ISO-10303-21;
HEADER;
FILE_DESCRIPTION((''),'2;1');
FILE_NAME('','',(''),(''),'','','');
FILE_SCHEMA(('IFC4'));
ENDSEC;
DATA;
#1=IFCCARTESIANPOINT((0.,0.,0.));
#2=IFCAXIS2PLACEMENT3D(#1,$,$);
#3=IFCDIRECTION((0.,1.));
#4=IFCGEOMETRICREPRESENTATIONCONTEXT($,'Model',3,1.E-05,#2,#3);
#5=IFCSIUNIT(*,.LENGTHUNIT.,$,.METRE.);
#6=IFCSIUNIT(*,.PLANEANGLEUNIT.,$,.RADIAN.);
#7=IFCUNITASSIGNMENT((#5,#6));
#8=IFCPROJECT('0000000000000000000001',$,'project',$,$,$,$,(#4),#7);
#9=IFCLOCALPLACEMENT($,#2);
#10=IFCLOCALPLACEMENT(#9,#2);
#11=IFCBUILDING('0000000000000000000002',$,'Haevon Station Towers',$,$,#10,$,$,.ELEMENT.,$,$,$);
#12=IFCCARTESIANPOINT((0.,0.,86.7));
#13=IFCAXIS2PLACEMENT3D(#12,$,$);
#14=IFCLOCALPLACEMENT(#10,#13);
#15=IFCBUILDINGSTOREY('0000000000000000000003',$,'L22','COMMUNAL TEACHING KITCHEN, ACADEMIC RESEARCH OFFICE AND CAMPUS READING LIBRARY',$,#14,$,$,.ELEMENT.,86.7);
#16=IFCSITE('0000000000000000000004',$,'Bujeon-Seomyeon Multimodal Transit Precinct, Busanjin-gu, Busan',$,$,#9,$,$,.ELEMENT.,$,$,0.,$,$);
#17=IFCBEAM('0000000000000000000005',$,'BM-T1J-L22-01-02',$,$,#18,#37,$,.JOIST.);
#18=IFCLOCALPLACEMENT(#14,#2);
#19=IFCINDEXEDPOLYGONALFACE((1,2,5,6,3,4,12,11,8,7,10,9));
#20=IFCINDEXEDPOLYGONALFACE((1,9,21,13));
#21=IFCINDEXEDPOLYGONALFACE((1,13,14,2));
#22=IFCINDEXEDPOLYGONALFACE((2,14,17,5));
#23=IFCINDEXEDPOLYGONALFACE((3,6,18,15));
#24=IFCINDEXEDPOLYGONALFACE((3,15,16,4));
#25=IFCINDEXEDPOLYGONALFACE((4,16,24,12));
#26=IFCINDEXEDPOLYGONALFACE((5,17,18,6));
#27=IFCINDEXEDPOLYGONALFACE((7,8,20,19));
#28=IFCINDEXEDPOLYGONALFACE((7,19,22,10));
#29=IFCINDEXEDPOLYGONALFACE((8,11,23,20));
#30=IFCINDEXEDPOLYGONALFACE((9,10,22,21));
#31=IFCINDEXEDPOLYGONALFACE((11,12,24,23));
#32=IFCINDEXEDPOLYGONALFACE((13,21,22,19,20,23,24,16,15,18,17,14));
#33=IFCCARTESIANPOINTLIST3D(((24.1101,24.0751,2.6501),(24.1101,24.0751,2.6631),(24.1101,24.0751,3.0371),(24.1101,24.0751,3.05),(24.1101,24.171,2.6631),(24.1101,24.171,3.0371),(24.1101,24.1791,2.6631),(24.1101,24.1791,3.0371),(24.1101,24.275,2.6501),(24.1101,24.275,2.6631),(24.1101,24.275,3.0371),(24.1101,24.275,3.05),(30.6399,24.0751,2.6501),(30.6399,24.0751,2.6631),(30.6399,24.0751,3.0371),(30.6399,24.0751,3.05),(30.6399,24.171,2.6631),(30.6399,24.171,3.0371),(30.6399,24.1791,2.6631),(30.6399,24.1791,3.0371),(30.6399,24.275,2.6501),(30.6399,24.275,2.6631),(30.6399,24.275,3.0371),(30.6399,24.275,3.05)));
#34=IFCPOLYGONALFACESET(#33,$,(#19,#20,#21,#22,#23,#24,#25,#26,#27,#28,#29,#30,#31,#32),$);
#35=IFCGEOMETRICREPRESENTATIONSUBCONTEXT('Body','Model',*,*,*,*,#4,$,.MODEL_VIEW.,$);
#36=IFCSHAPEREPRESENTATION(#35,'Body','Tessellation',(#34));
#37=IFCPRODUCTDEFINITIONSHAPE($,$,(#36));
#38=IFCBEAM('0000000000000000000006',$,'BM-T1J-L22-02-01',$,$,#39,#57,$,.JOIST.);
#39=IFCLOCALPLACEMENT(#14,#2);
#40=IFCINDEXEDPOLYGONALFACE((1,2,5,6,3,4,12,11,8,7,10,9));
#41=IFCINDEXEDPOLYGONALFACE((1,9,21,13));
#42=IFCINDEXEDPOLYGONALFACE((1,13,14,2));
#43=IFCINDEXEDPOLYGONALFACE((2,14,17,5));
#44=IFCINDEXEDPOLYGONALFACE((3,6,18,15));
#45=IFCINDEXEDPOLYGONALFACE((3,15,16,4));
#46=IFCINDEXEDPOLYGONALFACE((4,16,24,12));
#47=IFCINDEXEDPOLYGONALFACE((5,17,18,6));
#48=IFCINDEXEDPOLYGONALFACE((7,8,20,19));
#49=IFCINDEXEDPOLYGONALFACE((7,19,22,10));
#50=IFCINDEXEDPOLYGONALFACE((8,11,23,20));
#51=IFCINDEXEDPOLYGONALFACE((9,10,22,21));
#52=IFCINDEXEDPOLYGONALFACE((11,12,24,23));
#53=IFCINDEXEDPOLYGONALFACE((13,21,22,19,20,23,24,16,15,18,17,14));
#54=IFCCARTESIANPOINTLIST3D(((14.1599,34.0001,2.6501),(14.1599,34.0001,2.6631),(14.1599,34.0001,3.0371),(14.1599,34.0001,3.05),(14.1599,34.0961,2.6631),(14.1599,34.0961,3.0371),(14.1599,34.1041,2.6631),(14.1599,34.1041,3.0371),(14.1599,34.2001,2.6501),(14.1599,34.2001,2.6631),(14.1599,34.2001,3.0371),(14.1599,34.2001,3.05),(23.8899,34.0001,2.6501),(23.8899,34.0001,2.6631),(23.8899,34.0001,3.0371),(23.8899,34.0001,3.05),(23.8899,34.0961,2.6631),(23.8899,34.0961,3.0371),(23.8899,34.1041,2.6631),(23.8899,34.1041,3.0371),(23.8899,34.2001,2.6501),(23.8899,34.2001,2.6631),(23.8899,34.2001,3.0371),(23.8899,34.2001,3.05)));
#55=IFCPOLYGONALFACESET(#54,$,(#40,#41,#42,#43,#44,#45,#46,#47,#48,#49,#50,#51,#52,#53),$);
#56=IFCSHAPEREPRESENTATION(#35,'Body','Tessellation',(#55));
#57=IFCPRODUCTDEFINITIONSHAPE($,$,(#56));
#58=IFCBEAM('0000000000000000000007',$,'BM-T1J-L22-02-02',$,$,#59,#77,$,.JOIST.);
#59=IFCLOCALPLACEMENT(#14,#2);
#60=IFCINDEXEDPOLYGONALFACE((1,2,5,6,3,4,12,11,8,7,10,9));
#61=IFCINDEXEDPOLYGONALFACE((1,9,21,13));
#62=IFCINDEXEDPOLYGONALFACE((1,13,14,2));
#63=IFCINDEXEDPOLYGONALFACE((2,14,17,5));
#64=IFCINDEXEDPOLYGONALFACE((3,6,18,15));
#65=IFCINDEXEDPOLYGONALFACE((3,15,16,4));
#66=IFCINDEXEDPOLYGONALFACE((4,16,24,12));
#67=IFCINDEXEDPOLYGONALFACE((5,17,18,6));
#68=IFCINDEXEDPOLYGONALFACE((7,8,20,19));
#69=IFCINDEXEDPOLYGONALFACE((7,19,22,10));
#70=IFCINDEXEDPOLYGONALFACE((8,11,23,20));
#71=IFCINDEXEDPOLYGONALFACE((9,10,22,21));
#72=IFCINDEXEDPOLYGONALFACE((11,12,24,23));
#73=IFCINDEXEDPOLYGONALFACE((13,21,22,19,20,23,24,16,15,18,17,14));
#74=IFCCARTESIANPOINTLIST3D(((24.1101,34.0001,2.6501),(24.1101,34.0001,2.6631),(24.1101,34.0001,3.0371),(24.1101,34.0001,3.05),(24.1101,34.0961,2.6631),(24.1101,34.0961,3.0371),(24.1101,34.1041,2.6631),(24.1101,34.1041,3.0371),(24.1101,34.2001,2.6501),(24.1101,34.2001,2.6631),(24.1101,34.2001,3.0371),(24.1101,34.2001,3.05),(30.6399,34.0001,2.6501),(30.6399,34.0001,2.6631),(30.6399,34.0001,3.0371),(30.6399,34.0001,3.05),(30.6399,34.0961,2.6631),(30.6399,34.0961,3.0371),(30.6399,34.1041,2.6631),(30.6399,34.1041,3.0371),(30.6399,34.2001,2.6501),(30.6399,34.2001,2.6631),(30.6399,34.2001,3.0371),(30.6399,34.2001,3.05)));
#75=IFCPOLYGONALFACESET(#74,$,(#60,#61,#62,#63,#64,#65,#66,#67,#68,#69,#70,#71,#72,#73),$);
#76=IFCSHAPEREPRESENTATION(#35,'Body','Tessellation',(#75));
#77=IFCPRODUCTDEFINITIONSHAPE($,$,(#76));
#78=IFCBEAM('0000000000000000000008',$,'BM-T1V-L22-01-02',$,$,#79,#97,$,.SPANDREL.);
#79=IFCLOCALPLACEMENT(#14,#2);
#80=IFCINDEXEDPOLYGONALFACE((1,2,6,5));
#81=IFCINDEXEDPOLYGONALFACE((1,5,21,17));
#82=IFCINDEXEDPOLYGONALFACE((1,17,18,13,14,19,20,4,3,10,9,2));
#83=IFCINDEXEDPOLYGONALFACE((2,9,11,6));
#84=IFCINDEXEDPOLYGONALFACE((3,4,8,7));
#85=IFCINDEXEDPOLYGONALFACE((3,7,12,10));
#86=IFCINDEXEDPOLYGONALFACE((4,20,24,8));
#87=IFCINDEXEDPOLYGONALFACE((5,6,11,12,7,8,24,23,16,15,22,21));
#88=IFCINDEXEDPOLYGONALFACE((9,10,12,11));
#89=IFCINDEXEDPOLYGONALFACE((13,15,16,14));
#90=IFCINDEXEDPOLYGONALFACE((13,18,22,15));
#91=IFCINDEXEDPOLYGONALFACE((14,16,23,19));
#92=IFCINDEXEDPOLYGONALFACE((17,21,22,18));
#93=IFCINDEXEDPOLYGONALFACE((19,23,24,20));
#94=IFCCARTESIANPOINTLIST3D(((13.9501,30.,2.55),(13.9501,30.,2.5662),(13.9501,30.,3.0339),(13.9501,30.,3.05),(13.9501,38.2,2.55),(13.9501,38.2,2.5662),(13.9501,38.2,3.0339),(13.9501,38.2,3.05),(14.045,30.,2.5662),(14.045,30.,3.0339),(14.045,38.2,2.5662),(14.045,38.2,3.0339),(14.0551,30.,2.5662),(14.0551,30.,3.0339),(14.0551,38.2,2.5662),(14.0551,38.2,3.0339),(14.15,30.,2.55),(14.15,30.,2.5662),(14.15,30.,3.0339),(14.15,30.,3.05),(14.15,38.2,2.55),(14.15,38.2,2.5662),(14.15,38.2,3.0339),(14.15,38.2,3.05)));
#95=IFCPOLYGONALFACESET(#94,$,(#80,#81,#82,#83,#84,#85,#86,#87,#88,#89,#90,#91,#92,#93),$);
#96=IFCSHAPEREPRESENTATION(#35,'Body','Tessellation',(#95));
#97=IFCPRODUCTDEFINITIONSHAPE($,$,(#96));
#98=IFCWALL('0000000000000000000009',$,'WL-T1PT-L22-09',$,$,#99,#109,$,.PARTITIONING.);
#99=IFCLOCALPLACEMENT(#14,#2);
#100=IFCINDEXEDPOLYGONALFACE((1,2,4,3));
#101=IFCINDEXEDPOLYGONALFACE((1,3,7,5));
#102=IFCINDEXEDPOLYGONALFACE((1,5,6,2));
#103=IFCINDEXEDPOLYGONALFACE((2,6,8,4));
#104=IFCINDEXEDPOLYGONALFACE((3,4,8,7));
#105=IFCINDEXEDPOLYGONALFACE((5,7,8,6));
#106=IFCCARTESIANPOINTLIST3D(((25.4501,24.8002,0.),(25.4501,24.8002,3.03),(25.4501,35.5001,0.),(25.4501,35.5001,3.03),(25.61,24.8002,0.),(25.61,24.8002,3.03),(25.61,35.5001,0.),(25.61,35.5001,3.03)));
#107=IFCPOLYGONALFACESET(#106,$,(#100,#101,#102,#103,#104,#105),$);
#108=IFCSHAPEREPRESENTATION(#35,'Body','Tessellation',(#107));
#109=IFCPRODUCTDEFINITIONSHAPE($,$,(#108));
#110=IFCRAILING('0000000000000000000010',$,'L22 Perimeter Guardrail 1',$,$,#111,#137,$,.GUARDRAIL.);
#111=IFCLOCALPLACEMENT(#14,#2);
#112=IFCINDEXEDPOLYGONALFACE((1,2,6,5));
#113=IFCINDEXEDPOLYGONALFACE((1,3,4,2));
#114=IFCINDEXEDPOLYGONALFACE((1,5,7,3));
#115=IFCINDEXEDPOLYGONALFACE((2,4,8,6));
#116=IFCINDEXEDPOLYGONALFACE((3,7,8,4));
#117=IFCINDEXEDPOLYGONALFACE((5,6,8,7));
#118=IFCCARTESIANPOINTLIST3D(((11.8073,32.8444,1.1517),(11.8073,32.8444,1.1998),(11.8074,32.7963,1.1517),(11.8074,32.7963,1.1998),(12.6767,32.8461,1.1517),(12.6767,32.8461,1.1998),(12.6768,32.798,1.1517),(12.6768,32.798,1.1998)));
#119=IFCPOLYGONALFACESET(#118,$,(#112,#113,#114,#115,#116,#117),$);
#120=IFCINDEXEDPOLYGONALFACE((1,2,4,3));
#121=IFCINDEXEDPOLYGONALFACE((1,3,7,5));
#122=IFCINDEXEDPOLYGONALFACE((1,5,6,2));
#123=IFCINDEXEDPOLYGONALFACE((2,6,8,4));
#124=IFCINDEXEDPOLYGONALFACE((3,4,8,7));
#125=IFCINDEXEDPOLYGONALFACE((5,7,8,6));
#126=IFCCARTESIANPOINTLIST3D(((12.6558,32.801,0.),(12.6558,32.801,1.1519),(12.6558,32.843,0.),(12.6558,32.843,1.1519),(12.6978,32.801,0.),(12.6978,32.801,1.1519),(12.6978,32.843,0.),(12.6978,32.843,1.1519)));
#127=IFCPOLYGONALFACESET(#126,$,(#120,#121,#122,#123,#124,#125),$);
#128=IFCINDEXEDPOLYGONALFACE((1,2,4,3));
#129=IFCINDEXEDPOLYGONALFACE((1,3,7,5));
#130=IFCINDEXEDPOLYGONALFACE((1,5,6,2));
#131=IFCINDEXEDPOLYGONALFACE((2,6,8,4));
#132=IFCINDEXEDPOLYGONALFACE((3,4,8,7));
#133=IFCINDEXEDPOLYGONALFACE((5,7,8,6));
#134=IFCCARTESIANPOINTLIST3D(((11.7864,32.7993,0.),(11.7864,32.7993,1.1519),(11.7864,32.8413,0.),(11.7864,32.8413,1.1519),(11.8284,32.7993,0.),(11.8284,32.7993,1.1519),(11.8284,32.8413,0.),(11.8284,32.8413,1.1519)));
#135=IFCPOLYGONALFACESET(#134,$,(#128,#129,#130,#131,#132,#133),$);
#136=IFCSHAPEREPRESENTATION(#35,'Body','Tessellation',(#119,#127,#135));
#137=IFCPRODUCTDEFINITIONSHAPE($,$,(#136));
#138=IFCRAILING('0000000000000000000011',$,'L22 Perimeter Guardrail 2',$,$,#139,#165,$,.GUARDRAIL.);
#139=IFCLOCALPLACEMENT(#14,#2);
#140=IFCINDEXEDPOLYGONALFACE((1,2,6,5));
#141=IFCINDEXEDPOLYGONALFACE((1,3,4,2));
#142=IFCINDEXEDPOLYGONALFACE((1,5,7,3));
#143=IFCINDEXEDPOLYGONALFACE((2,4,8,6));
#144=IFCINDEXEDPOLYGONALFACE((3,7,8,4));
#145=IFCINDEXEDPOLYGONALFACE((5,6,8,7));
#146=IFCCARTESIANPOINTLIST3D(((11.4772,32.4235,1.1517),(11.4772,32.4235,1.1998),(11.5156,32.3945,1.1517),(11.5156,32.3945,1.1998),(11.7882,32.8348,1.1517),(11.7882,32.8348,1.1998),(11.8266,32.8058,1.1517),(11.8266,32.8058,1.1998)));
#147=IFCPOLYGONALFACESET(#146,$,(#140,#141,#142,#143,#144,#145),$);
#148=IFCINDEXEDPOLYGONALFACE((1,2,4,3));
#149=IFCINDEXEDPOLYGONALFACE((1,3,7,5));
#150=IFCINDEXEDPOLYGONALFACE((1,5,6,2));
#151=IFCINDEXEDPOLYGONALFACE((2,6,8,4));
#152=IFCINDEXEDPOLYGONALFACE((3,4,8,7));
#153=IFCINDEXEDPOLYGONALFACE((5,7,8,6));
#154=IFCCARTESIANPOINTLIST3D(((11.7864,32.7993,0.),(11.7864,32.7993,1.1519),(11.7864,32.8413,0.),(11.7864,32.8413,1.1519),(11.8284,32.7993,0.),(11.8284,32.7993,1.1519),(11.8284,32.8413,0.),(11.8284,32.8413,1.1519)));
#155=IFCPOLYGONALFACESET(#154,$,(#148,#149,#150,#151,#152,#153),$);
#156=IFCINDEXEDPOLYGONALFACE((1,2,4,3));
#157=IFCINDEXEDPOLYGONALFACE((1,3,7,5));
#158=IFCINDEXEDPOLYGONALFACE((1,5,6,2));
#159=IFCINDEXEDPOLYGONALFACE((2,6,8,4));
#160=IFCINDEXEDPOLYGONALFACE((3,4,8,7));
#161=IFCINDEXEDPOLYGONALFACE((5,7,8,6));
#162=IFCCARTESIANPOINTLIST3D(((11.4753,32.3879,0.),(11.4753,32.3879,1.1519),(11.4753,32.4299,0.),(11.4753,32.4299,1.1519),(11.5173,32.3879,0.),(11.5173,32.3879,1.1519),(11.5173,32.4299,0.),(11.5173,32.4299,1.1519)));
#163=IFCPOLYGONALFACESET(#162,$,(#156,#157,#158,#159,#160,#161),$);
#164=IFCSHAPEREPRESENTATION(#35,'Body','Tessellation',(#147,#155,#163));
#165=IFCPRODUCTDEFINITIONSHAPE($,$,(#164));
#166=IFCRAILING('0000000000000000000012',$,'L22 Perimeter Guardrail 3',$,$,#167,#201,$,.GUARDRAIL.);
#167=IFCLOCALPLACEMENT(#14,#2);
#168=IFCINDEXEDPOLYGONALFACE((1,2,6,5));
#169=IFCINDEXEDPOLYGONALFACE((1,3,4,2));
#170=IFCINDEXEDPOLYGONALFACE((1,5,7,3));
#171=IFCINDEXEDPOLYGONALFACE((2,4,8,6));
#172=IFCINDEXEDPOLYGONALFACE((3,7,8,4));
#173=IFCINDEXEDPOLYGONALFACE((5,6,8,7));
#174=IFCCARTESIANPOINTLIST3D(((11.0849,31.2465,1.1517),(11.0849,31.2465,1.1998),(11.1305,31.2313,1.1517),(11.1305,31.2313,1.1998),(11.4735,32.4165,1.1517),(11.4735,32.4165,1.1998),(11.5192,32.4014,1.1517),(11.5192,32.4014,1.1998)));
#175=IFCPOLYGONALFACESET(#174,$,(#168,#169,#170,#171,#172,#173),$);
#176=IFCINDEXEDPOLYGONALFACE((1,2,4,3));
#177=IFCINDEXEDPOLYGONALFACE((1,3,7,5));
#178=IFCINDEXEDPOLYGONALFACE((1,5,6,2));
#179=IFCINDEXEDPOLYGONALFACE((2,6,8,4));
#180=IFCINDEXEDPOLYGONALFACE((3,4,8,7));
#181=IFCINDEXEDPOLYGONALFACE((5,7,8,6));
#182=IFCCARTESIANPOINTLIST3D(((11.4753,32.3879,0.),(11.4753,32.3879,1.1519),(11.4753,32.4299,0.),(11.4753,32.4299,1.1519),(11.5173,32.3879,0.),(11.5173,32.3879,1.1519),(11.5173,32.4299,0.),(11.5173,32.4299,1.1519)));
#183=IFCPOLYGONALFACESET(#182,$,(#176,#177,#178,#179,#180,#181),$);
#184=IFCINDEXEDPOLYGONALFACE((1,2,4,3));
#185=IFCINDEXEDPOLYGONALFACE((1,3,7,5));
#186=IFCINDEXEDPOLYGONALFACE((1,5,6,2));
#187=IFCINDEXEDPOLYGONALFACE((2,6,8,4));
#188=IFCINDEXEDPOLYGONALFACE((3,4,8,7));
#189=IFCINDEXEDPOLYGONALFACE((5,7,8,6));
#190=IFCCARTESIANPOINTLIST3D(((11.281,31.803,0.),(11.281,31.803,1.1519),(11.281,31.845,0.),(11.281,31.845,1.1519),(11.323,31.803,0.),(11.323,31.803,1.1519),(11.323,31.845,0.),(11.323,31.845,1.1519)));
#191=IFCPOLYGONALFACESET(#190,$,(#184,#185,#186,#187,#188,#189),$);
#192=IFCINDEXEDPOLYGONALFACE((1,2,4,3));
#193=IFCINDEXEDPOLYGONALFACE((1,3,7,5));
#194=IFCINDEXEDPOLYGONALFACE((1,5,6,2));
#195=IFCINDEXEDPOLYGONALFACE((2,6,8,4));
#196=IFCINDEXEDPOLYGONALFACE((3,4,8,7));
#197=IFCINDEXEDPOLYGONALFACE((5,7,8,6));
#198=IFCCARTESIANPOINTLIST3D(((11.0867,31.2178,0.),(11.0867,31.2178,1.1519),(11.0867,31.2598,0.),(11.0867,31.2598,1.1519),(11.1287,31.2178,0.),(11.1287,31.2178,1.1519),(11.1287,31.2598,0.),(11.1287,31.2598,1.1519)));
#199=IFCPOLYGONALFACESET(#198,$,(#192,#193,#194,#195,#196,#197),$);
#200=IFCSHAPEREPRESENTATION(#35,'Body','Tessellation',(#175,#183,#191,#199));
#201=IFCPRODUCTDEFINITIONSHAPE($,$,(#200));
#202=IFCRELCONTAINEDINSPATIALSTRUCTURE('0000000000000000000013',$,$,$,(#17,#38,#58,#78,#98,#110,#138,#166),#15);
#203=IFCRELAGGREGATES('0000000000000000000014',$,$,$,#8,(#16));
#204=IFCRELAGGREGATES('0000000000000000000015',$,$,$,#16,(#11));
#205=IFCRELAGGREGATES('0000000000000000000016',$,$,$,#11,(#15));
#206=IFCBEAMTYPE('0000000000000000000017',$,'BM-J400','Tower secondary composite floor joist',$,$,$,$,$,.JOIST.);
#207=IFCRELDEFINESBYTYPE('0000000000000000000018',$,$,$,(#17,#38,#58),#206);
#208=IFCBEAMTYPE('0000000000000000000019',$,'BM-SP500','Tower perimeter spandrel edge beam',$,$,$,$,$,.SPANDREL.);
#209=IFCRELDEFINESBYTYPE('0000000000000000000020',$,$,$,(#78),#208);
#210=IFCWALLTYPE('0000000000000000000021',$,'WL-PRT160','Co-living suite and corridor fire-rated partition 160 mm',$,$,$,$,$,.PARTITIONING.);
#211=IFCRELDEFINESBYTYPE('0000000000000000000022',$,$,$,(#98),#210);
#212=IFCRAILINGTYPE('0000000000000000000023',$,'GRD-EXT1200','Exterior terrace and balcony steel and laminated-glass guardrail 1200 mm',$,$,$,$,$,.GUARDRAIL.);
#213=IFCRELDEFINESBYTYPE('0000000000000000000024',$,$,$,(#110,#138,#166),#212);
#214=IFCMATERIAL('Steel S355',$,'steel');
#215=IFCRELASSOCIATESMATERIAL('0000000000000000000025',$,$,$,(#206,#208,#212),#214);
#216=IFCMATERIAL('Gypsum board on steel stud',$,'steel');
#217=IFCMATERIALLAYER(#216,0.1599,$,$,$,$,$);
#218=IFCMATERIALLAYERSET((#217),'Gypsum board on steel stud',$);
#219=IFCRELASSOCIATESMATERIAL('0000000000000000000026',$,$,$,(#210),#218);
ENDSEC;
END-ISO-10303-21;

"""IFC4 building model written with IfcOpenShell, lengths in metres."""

from ifc_helpers import new_model, si_unit, direction, frame, frame_2d, origin, origin_2d, place, context, subcontext, project, spatial, rectangle, i_section, extrude, material, layer, layer_set, material_profile, profile_set, type_object, element, save


model = new_model("IFC4")

# Units and contexts
model_context = context("Model", 3, precision=1e-05, world=origin(), true_north=direction((0.0, 1.0)))
body_context = subcontext(model_context, "Body", "Model", "MODEL_VIEW")
ifc_project = project(units=[si_unit("LENGTHUNIT", "METRE"), si_unit("PLANEANGLEUNIT", "RADIAN")], contexts=[model_context])

# Site, building, storey
site_placement = place(None, origin())
site = spatial("IfcSite", under=ifc_project, at=site_placement, Name="Bujeon-Seomyeon Multimodal Transit Precinct, Busanjin-gu, Busan", CompositionType="ELEMENT", RefElevation=0.0)
building_placement = place(site_placement, origin())
building = spatial("IfcBuilding", under=site, at=building_placement, Name="Haevon Station Towers", CompositionType="ELEMENT")
storey_placement = place(building_placement, frame((0.0, 0.0, 86.7)))
storey = spatial("IfcBuildingStorey", under=building, at=storey_placement, Name="L22", Description="COMMUNAL TEACHING KITCHEN, ACADEMIC RESEARCH OFFICE AND CAMPUS READING LIBRARY", CompositionType="ELEMENT", Elevation=86.7)

# Beams
ifc_material_1 = material(Name="Steel S355", Category="steel")
ifc_material_profile_1 = material_profile(ifc_material_1, i_section(OverallWidth=0.2, OverallDepth=0.3999, WebThickness=0.0081, FlangeThickness=0.0129, at=origin_2d()), Name="H-400x200x8x13")
ifc_profile_set_1 = profile_set([ifc_material_profile_1], Name="Steel S355")
beam_type_1 = type_object("IfcBeamType", Name="BM-J400", Description="Tower secondary composite floor joist", PredefinedType="JOIST", material=ifc_profile_set_1)
beam_1_placement = place(storey_placement, frame((24.1101, 24.175, 2.8501), z_axis=(1.0, 0.0, 0.0), x_axis=(0.0, 1.0, 0.0)))
element("IfcBeam", 1, at=beam_1_placement, inside=storey, type_object=beam_type_1, Name="BM-T1J-L22-01-02", PredefinedType="JOIST", context=body_context, shape_type="SweptSolid", body=[
    extrude(i_section(OverallWidth=0.2, OverallDepth=0.3999, WebThickness=0.0081, FlangeThickness=0.0129, at=origin_2d()), origin(), (0.0, 0.0, 1.0), 6.5298),
])
beam_2_placement = place(storey_placement, frame((14.1599, 34.1001, 2.8501), z_axis=(1.0, 0.0, 0.0), x_axis=(0.0, 1.0, 0.0)))
element("IfcBeam", 2, at=beam_2_placement, inside=storey, type_object=beam_type_1, Name="BM-T1J-L22-02-01", PredefinedType="JOIST", context=body_context, shape_type="SweptSolid", body=[
    extrude(i_section(OverallWidth=0.2, OverallDepth=0.3999, WebThickness=0.0081, FlangeThickness=0.0129, at=origin_2d()), origin(), (0.0, 0.0, 1.0), 9.73),
])
beam_3_placement = place(storey_placement, frame((24.1101, 34.1001, 2.8501), z_axis=(1.0, 0.0, 0.0), x_axis=(0.0, 1.0, 0.0)))
element("IfcBeam", 3, at=beam_3_placement, inside=storey, type_object=beam_type_1, Name="BM-T1J-L22-02-02", PredefinedType="JOIST", context=body_context, shape_type="SweptSolid", body=[
    extrude(i_section(OverallWidth=0.2, OverallDepth=0.3999, WebThickness=0.0081, FlangeThickness=0.0129, at=origin_2d()), origin(), (0.0, 0.0, 1.0), 6.5298),
])
ifc_material_profile_2 = material_profile(ifc_material_1, i_section(OverallWidth=0.2, OverallDepth=0.5, WebThickness=0.01, FlangeThickness=0.0161, at=origin_2d()), Name="H-500x200x10x16")
ifc_profile_set_2 = profile_set([ifc_material_profile_2], Name="Steel S355")
beam_type_2 = type_object("IfcBeamType", Name="BM-SP500", Description="Tower perimeter spandrel edge beam", PredefinedType="SPANDREL", material=ifc_profile_set_2)
beam_4_placement = place(storey_placement, frame((14.05, 30.0, 2.8), z_axis=(0.0, 1.0, 0.0), x_axis=(-1.0, 0.0, 0.0)))
element("IfcBeam", 4, at=beam_4_placement, inside=storey, type_object=beam_type_2, Name="BM-T1V-L22-01-02", PredefinedType="SPANDREL", context=body_context, shape_type="SweptSolid", body=[
    extrude(i_section(OverallWidth=0.2, OverallDepth=0.5, WebThickness=0.01, FlangeThickness=0.0161, at=origin_2d()), origin(), (0.0, 0.0, 1.0), 8.2),
])

# Wall
ifc_material_2 = material(Name="Gypsum board on steel stud", Category="steel")
ifc_layer_1 = layer(ifc_material_2, 0.1599)
ifc_layer_set_1 = layer_set([ifc_layer_1], Name="Gypsum board on steel stud")
wall_type = type_object("IfcWallType", Name="WL-PRT160", Description="Co-living suite and corridor fire-rated partition 160 mm", PredefinedType="PARTITIONING", material=ifc_layer_set_1)
wall_placement = place(storey_placement, frame((25.53, 24.8, 0.0), z_axis=(0.0, 0.0, 1.0), x_axis=(0.0, 1.0, 0.0)))
element("IfcWall", 5, at=wall_placement, inside=storey, type_object=wall_type, Name="WL-T1PT-L22-09", PredefinedType="PARTITIONING", context=body_context, shape_type="SweptSolid", body=[
    extrude(rectangle(XDim=10.7, YDim=0.1599, at=frame_2d((5.3501, 0.0))), origin(), (0.0, 0.0, 1.0), 3.03),
])

# Railings
railing_type = type_object("IfcRailingType", Name="GRD-EXT1200", Description="Exterior terrace and balcony steel and laminated-glass guardrail 1200 mm", PredefinedType="GUARDRAIL", material=ifc_material_1)
railing_1_placement = place(storey_placement, frame((12.6768, 32.822, 0.0)))
element("IfcRailing", 6, at=railing_1_placement, inside=storey, type_object=railing_type, Name="L22 Perimeter Guardrail 1", PredefinedType="GUARDRAIL", context=body_context, shape_type="SweptSolid", body=[
    extrude(rectangle(XDim=0.0481, YDim=0.0481, at=origin_2d()), frame((0.0, 0.0, 1.1758), z_axis=(-0.999998, -0.001966, 0.0), x_axis=(0.001966, -0.999998, 0.0)), (0.0, 0.0, 1.0), 0.8694),
    extrude(rectangle(XDim=0.042, YDim=0.042, at=origin_2d()), origin(), (0.0, 0.0, 1.0), 1.1519),
    extrude(rectangle(XDim=0.042, YDim=0.042, at=origin_2d()), frame((-0.8694, -0.0017, 0.0)), (0.0, 0.0, 1.0), 1.1519),
])
railing_2_placement = place(storey_placement, frame((11.8074, 32.8203, 0.0)))
element("IfcRailing", 7, at=railing_2_placement, inside=storey, type_object=railing_type, Name="L22 Perimeter Guardrail 2", PredefinedType="GUARDRAIL", context=body_context, shape_type="SweptSolid", body=[
    extrude(rectangle(XDim=0.0481, YDim=0.0481, at=origin_2d()), frame((0.0, 0.0, 1.1758), z_axis=(-0.603101, -0.797665, 0.0), x_axis=(0.797665, -0.603101, 0.0)), (0.0, 0.0, 1.0), 0.5156),
    extrude(rectangle(XDim=0.042, YDim=0.042, at=origin_2d()), origin(), (0.0, 0.0, 1.0), 1.1519),
    extrude(rectangle(XDim=0.042, YDim=0.042, at=origin_2d()), frame((-0.311, -0.4114, 0.0)), (0.0, 0.0, 1.0), 1.1519),
])
railing_3_placement = place(storey_placement, frame((11.4963, 32.4089, 0.0)))
element("IfcRailing", 8, at=railing_3_placement, inside=storey, type_object=railing_type, Name="L22 Perimeter Guardrail 3", PredefinedType="GUARDRAIL", context=body_context, shape_type="SweptSolid", body=[
    extrude(rectangle(XDim=0.0481, YDim=0.0481, at=origin_2d()), frame((0.0, 0.0, 1.1758), z_axis=(-0.315218, -0.949019, 0.0), x_axis=(0.949019, -0.315218, 0.0)), (0.0, 0.0, 1.0), 1.2329),
    extrude(rectangle(XDim=0.042, YDim=0.042, at=origin_2d()), origin(), (0.0, 0.0, 1.0), 1.1519),
    extrude(rectangle(XDim=0.042, YDim=0.042, at=origin_2d()), frame((-0.1943, -0.585, 0.0)), (0.0, 0.0, 1.0), 1.1519),
    extrude(rectangle(XDim=0.042, YDim=0.042, at=origin_2d()), frame((-0.3887, -1.1702, 0.0)), (0.0, 0.0, 1.0), 1.1519),
])

save(model, "model.ifc")
